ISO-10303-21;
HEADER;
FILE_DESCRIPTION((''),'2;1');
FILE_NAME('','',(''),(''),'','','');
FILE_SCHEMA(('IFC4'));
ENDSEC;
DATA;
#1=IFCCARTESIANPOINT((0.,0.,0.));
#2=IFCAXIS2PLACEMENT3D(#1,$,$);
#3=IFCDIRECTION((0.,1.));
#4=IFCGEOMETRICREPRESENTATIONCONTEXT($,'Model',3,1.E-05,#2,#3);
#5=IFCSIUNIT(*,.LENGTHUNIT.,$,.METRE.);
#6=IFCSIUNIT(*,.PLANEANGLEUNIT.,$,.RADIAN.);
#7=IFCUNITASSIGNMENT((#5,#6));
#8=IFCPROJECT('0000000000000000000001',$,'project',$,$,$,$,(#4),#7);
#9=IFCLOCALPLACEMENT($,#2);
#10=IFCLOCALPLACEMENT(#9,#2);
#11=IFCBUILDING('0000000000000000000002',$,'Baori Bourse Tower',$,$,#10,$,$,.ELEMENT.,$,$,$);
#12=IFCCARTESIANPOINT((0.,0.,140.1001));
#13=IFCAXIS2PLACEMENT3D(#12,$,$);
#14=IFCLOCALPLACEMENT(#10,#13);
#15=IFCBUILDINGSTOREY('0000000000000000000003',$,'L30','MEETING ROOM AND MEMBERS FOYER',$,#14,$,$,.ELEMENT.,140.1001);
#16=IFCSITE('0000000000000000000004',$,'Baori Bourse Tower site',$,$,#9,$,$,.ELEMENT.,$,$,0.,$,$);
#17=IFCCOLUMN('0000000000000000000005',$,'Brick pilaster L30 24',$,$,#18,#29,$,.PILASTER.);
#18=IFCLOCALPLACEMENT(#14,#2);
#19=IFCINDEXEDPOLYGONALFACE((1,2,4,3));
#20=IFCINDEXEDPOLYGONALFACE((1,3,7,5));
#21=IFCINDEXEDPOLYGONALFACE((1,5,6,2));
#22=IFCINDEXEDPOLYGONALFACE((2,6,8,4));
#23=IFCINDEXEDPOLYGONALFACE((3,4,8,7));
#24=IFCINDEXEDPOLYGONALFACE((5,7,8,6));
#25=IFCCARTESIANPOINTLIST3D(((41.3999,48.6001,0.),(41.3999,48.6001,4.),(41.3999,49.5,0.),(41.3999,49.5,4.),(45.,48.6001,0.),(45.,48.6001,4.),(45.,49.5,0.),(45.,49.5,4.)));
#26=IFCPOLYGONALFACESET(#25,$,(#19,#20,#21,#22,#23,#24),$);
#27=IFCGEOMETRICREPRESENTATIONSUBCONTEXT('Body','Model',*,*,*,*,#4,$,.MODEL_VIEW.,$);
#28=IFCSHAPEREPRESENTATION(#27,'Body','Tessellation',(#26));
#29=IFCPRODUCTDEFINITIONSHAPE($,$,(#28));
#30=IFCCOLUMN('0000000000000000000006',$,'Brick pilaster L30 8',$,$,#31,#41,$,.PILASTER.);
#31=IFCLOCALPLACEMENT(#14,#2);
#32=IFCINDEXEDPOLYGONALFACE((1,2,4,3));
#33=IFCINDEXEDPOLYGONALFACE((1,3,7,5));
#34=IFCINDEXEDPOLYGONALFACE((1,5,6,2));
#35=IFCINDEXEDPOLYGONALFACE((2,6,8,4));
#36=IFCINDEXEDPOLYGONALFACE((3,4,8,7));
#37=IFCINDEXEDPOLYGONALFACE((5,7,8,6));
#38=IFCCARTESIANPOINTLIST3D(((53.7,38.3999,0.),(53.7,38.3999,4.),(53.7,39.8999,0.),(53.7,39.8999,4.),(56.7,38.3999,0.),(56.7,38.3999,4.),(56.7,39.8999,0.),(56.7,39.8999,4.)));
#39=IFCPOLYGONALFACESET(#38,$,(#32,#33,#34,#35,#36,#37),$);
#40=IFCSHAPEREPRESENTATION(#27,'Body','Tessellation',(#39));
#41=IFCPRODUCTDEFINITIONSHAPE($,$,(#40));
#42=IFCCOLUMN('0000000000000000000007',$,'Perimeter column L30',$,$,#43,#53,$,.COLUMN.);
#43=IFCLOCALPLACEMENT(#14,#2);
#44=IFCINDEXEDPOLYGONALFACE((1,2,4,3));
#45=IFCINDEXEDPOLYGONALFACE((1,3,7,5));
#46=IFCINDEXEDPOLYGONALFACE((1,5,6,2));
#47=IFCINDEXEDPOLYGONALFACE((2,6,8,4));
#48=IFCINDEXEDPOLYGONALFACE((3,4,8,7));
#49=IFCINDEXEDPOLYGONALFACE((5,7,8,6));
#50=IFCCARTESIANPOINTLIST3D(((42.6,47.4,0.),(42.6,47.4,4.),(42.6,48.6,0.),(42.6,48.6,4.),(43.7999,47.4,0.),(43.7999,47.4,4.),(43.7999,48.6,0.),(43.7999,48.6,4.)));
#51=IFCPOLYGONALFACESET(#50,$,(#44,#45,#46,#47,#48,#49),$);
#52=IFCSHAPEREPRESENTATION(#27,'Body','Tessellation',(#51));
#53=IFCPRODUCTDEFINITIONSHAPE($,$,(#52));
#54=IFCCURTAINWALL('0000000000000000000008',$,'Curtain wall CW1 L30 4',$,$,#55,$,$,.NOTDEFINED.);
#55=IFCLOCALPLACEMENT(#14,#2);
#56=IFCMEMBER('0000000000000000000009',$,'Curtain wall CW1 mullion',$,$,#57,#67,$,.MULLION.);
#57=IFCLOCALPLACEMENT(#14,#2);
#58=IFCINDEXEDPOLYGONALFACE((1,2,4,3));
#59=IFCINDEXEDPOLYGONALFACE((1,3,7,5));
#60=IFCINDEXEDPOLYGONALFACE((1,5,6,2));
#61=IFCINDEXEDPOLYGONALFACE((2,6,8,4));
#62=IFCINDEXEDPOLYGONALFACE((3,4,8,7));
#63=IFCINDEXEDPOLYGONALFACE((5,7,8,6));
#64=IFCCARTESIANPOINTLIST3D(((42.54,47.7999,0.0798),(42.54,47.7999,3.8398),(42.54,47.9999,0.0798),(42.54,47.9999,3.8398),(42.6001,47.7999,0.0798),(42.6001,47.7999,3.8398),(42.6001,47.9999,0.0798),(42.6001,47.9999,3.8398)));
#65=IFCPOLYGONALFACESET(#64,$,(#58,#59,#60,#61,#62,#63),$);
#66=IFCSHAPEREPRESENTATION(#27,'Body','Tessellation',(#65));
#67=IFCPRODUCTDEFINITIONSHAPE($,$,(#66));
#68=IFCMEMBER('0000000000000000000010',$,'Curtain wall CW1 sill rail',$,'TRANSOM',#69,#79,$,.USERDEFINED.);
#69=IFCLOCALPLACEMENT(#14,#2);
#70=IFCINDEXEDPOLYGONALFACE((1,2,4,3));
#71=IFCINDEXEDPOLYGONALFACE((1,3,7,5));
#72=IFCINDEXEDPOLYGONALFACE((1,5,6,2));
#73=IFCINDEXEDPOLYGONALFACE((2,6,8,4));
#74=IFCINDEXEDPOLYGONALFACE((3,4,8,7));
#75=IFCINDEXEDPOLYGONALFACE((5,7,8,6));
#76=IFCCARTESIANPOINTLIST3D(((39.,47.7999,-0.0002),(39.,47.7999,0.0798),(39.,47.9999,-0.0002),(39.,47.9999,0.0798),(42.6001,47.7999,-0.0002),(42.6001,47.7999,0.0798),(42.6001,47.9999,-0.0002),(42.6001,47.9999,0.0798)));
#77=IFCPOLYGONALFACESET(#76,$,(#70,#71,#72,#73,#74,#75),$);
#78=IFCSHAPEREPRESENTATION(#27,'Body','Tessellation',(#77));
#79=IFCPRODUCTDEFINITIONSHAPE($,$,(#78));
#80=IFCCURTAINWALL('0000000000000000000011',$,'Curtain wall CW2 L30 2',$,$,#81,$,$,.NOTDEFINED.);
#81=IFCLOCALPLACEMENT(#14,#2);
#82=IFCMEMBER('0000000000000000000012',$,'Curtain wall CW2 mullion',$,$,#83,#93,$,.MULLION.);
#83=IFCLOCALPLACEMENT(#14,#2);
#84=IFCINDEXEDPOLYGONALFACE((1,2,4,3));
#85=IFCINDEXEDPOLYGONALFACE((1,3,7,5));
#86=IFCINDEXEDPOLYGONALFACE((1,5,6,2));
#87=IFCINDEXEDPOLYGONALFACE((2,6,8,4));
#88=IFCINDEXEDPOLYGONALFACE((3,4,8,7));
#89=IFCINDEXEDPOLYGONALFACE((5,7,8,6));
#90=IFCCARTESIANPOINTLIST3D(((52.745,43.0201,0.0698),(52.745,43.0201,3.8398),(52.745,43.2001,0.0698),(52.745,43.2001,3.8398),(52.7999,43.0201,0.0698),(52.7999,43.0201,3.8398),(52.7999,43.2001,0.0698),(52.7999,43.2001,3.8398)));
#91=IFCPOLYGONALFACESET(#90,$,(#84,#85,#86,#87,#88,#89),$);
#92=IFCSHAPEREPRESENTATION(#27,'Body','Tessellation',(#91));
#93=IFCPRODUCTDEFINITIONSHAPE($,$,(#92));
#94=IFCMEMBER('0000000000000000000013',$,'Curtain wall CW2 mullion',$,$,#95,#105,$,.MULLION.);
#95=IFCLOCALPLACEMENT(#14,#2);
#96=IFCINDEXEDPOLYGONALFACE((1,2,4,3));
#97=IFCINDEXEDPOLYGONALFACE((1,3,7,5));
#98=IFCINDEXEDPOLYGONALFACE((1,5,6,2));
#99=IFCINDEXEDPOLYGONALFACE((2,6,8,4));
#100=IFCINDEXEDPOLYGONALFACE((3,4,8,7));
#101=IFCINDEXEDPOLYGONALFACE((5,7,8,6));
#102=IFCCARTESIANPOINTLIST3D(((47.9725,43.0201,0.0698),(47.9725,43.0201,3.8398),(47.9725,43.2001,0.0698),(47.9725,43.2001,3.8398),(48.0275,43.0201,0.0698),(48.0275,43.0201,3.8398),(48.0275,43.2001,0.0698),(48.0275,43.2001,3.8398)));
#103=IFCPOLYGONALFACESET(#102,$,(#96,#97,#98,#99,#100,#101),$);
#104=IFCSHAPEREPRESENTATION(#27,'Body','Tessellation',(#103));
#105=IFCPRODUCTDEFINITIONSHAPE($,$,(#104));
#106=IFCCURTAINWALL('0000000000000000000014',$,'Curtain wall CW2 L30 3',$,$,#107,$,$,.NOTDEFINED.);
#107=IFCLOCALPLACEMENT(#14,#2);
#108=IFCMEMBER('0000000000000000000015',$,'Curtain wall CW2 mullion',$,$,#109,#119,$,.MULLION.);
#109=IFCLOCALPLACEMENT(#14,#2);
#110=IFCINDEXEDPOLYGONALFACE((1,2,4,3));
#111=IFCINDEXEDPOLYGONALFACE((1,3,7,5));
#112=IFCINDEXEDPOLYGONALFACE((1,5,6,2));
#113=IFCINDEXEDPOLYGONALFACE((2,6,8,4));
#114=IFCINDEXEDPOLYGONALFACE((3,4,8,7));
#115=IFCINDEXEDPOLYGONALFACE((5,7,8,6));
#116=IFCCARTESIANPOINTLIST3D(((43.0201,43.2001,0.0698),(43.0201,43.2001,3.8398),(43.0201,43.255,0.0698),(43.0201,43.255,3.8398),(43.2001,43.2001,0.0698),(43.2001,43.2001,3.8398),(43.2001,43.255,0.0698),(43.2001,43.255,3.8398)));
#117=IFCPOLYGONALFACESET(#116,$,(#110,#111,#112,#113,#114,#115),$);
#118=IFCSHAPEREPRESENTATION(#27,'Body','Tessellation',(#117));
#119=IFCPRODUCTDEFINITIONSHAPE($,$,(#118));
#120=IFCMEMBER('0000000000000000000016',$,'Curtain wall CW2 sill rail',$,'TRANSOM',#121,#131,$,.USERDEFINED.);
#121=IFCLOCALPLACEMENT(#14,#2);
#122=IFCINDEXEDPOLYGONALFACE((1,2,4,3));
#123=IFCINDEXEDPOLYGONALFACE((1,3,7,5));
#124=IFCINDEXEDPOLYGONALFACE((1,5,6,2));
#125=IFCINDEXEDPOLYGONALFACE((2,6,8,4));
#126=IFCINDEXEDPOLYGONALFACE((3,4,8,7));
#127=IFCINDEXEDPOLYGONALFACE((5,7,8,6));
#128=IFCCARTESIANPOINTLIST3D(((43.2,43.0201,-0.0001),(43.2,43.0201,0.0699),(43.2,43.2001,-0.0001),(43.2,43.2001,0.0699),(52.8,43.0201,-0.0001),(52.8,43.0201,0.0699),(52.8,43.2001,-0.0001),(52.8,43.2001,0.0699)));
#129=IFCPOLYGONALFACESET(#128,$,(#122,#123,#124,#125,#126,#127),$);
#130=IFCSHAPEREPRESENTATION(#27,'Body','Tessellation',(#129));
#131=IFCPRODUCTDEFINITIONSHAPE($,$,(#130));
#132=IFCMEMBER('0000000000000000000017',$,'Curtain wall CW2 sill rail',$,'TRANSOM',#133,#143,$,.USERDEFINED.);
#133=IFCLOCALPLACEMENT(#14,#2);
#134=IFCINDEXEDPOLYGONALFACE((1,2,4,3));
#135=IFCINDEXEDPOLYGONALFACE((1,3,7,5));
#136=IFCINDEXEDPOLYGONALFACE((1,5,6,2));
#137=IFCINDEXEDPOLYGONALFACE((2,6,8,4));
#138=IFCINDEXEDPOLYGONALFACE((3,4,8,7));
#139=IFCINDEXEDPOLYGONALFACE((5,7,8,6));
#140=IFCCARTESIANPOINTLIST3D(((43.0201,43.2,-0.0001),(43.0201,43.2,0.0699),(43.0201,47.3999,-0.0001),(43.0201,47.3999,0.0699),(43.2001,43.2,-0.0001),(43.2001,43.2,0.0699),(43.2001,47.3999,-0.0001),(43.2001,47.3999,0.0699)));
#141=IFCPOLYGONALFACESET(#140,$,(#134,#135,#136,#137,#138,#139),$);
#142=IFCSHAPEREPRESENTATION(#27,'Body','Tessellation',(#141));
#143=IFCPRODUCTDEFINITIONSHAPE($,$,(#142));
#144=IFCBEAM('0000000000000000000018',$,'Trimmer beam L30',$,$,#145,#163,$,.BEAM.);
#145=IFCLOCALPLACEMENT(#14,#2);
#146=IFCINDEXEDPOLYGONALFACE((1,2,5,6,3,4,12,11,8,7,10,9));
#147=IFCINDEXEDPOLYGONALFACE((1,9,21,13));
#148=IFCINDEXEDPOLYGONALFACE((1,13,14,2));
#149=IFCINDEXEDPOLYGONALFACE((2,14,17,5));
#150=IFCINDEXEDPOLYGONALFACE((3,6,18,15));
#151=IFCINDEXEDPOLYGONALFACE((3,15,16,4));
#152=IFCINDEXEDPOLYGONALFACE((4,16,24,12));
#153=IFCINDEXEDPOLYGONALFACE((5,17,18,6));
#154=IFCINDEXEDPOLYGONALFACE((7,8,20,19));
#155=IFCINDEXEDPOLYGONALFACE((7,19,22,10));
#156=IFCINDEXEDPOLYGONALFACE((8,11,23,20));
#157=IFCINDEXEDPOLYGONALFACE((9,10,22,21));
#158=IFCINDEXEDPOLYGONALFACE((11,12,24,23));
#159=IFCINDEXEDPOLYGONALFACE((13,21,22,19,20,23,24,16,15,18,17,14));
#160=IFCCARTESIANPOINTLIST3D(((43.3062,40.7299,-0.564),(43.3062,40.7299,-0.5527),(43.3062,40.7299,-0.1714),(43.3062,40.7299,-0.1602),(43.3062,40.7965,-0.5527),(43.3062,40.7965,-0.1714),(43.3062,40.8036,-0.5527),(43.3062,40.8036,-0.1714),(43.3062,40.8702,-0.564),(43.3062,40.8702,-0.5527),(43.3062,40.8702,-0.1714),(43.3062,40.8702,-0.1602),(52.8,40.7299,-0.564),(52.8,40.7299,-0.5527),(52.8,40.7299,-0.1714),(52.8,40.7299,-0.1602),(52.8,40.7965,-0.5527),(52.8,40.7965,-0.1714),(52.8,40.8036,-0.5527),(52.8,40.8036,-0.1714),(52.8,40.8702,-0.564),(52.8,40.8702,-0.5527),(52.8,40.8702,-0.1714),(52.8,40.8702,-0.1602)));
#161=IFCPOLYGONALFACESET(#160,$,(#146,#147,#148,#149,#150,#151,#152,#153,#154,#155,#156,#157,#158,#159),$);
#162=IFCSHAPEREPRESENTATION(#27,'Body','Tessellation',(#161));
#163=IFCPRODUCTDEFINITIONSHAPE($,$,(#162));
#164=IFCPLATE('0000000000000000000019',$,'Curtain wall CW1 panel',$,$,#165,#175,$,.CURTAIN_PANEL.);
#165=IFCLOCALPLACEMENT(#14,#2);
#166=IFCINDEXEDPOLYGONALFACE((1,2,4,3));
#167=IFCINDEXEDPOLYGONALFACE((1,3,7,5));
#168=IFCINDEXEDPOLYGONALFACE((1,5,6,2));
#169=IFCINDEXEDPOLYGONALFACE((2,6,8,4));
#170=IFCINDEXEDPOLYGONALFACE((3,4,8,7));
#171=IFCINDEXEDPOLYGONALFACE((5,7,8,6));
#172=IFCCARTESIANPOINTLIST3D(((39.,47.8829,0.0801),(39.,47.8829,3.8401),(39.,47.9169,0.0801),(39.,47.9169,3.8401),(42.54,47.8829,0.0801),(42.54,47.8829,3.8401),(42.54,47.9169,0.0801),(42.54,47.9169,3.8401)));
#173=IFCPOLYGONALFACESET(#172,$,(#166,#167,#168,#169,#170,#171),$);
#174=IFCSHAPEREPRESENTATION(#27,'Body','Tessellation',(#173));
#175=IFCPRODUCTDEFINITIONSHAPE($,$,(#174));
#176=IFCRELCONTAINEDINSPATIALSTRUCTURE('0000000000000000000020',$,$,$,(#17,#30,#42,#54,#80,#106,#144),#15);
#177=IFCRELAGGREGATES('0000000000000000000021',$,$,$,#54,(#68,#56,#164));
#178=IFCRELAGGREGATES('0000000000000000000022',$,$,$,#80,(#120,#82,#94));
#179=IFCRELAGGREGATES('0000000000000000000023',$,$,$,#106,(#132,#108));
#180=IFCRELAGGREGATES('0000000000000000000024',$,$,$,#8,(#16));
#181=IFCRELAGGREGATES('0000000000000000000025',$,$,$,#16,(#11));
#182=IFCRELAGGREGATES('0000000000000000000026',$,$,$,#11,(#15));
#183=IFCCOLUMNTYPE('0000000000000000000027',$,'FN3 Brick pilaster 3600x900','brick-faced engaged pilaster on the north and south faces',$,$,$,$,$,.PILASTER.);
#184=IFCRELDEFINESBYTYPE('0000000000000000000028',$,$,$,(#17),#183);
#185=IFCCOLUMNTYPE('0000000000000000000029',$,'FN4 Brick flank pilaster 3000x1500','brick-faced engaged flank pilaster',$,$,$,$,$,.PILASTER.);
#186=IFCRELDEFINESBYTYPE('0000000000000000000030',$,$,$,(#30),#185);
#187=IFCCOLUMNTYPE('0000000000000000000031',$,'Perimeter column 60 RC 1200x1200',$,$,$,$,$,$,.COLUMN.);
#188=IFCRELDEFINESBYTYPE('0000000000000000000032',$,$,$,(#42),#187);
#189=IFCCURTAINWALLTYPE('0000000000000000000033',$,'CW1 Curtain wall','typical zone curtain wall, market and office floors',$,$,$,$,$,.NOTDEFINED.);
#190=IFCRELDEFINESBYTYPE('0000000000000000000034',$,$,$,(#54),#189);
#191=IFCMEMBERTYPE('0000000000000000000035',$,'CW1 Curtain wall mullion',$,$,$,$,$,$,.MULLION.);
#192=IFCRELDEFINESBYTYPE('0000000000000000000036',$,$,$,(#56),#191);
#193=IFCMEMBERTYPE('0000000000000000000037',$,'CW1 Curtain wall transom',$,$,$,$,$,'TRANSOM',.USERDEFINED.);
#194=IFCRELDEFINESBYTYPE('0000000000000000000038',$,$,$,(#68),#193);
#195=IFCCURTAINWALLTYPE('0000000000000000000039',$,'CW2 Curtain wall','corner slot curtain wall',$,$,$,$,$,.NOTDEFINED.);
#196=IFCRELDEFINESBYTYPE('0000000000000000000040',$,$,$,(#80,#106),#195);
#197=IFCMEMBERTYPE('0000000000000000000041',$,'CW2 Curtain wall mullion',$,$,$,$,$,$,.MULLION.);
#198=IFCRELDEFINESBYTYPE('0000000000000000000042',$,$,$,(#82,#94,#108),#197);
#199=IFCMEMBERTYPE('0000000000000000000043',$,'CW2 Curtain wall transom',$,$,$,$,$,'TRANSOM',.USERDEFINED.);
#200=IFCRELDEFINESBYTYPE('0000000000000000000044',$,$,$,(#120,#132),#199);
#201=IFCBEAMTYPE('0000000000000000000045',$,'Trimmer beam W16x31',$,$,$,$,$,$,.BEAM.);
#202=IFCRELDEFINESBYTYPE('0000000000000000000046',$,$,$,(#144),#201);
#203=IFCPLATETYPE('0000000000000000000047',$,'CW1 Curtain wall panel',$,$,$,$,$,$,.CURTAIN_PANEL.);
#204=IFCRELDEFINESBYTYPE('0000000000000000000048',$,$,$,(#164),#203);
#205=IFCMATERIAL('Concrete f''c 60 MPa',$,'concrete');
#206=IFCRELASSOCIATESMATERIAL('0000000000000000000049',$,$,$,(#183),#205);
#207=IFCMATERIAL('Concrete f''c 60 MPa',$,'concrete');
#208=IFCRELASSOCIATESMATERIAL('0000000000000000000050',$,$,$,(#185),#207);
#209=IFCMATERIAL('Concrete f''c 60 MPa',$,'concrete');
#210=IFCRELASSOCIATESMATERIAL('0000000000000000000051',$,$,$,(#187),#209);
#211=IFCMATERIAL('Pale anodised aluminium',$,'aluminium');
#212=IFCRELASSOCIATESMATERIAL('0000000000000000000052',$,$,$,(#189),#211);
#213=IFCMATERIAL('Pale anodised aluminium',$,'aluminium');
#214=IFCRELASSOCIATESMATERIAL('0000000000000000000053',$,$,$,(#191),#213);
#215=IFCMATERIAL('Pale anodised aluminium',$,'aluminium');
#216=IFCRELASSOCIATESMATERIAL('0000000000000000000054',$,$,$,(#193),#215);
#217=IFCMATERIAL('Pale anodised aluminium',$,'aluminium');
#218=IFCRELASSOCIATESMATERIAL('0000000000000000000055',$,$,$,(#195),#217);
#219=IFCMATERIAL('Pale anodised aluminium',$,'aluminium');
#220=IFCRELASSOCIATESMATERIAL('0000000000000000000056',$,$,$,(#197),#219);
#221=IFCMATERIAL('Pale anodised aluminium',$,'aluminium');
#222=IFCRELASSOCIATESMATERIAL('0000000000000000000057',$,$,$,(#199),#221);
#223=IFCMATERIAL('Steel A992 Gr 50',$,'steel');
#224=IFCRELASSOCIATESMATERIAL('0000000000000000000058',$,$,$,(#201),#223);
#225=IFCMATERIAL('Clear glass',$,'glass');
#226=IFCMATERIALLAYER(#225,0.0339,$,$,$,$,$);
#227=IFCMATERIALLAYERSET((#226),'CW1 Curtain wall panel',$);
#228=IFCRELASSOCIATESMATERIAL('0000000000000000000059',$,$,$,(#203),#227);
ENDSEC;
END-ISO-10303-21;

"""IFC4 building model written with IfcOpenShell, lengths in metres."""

from ifc_helpers import new_model, si_unit, direction, frame, origin, origin_2d, place, context, subcontext, project, spatial, rectangle, i_section, extrude, material, layer, layer_set, material_profile, profile_set, type_object, element, aggregate, save


model = new_model("IFC4")

# Units and contexts
model_context = context("Model", 3, precision=1e-05, world=origin(), true_north=direction((0.0, 1.0)))
body_context = subcontext(model_context, "Body", "Model", "MODEL_VIEW")
ifc_project = project(units=[si_unit("LENGTHUNIT", "METRE"), si_unit("PLANEANGLEUNIT", "RADIAN")], contexts=[model_context])

# Site, building, storey
site_placement = place(None, origin())
site = spatial("IfcSite", under=ifc_project, at=site_placement, Name="Baori Bourse Tower site", CompositionType="ELEMENT", RefElevation=0.0)
building_placement = place(site_placement, origin())
building = spatial("IfcBuilding", under=site, at=building_placement, Name="Baori Bourse Tower", CompositionType="ELEMENT")
storey_placement = place(building_placement, frame((0.0, 0.0, 140.1001)))
storey = spatial("IfcBuildingStorey", under=building, at=storey_placement, Name="L30", Description="MEETING ROOM AND MEMBERS FOYER", CompositionType="ELEMENT", Elevation=140.1001)

# Columns
ifc_material_1 = material(Name="Concrete f'c 60 MPa", Category="concrete")
ifc_material_profile_1 = material_profile(ifc_material_1, rectangle(XDim=3.6001, YDim=0.8999, at=origin_2d()), Name="RC 3600x900")
ifc_profile_set_1 = profile_set([ifc_material_profile_1], Name="Concrete f'c 60 MPa")
column_type_1 = type_object("IfcColumnType", Name="FN3 Brick pilaster 3600x900", Description="brick-faced engaged pilaster on the north and south faces", PredefinedType="PILASTER", material=ifc_profile_set_1)
column_1_placement = place(storey_placement, frame((43.2, 49.05, 0.0), z_axis=(0.0, 0.0, 1.0), x_axis=(1.0, 0.0, 0.0)))
element("IfcColumn", 1, at=column_1_placement, inside=storey, type_object=column_type_1, Name="Brick pilaster L30 24", PredefinedType="PILASTER", context=body_context, shape_type="SweptSolid", body=[
    extrude(rectangle(XDim=3.6001, YDim=0.8999, at=origin_2d()), origin(), (0.0, 0.0, 1.0), 4.0),
])
ifc_material_2 = material(Name="Concrete f'c 60 MPa", Category="concrete")
ifc_material_profile_2 = material_profile(ifc_material_2, rectangle(XDim=3.0, YDim=1.5, at=origin_2d()), Name="RC 3000x1500")
ifc_profile_set_2 = profile_set([ifc_material_profile_2], Name="Concrete f'c 60 MPa")
column_type_2 = type_object("IfcColumnType", Name="FN4 Brick flank pilaster 3000x1500", Description="brick-faced engaged flank pilaster", PredefinedType="PILASTER", material=ifc_profile_set_2)
column_2_placement = place(storey_placement, frame((55.2, 39.1499, 0.0), z_axis=(0.0, 0.0, 1.0), x_axis=(1.0, 0.0, 0.0)))
element("IfcColumn", 2, at=column_2_placement, inside=storey, type_object=column_type_2, Name="Brick pilaster L30 8", PredefinedType="PILASTER", context=body_context, shape_type="SweptSolid", body=[
    extrude(rectangle(XDim=3.0, YDim=1.5, at=origin_2d()), origin(), (0.0, 0.0, 1.0), 4.0),
])
ifc_material_3 = material(Name="Concrete f'c 60 MPa", Category="concrete")
ifc_material_profile_3 = material_profile(ifc_material_3, rectangle(XDim=1.2, YDim=1.2, at=origin_2d()), Name="RC 1200x1200")
ifc_profile_set_3 = profile_set([ifc_material_profile_3], Name="Concrete f'c 60 MPa")
column_type_3 = type_object("IfcColumnType", Name="Perimeter column 60 RC 1200x1200", PredefinedType="COLUMN", material=ifc_profile_set_3)
column_3_placement = place(storey_placement, frame((43.2, 48.0, 0.0), z_axis=(0.0, 0.0, 1.0), x_axis=(1.0, 0.0, 0.0)))
element("IfcColumn", 3, at=column_3_placement, inside=storey, type_object=column_type_3, Name="Perimeter column L30", PredefinedType="COLUMN", context=body_context, shape_type="SweptSolid", body=[
    extrude(rectangle(XDim=1.2, YDim=1.2, at=origin_2d()), origin(), (0.0, 0.0, 1.0), 4.0),
])

# Curtain walls, members
ifc_material_4 = material(Name="Pale anodised aluminium", Category="aluminium")
curtain_wall_type_1 = type_object("IfcCurtainWallType", Name="CW1 Curtain wall", Description="typical zone curtain wall, market and office floors", PredefinedType="NOTDEFINED", material=ifc_material_4)
curtain_wall_1_placement = place(storey_placement, origin())
curtain_wall_1 = element("IfcCurtainWall", 4, at=curtain_wall_1_placement, inside=storey, type_object=curtain_wall_type_1, Name="Curtain wall CW1 L30 4", PredefinedType="NOTDEFINED")
ifc_material_5 = material(Name="Pale anodised aluminium", Category="aluminium")
ifc_material_profile_4 = material_profile(ifc_material_5, rectangle(XDim=0.2, YDim=0.0601, at=origin_2d()), Name="Mullion 60x200")
ifc_profile_set_4 = profile_set([ifc_material_profile_4], Name="Pale anodised aluminium")
member_type_1 = type_object("IfcMemberType", Name="CW1 Curtain wall mullion", PredefinedType="MULLION", material=ifc_profile_set_4)
member_1_placement = place(storey_placement, frame((42.5701, 47.8999, 0.0798), z_axis=(0.0, 0.0, 1.0), x_axis=(0.0, -1.0, 0.0)))
member_1 = element("IfcMember", 5, at=member_1_placement, type_object=member_type_1, Name="Curtain wall CW1 mullion", PredefinedType="MULLION", context=body_context, shape_type="SweptSolid", body=[
    extrude(rectangle(XDim=0.2, YDim=0.0601, at=origin_2d()), origin(), (0.0, 0.0, 1.0), 3.76),
])
ifc_material_6 = material(Name="Pale anodised aluminium", Category="aluminium")
ifc_material_profile_5 = material_profile(ifc_material_6, rectangle(XDim=0.2, YDim=0.0801, at=origin_2d()), Name="Transom 80x200")
ifc_profile_set_5 = profile_set([ifc_material_profile_5], Name="Pale anodised aluminium")
member_type_2 = type_object("IfcMemberType", Name="CW1 Curtain wall transom", ElementType="TRANSOM", PredefinedType="USERDEFINED", material=ifc_profile_set_5)
member_2_placement = place(storey_placement, frame((42.6001, 47.8999, 0.0398), z_axis=(-1.0, 0.0, 0.0), x_axis=(0.0, -1.0, 0.0)))
member_2 = element("IfcMember", 6, at=member_2_placement, type_object=member_type_2, Name="Curtain wall CW1 sill rail", ObjectType="TRANSOM", PredefinedType="USERDEFINED", context=body_context, shape_type="SweptSolid", body=[
    extrude(rectangle(XDim=0.2, YDim=0.0801, at=origin_2d()), origin(), (0.0, 0.0, 1.0), 3.6001),
])
ifc_material_7 = material(Name="Pale anodised aluminium", Category="aluminium")
curtain_wall_type_2 = type_object("IfcCurtainWallType", Name="CW2 Curtain wall", Description="corner slot curtain wall", PredefinedType="NOTDEFINED", material=ifc_material_7)
curtain_wall_2_placement = place(storey_placement, origin())
curtain_wall_2 = element("IfcCurtainWall", 7, at=curtain_wall_2_placement, inside=storey, type_object=curtain_wall_type_2, Name="Curtain wall CW2 L30 2", PredefinedType="NOTDEFINED")
ifc_material_8 = material(Name="Pale anodised aluminium", Category="aluminium")
ifc_material_profile_6 = material_profile(ifc_material_8, rectangle(XDim=0.1799, YDim=0.0549, at=origin_2d()), Name="Mullion 55x180")
ifc_profile_set_6 = profile_set([ifc_material_profile_6], Name="Pale anodised aluminium")
member_type_3 = type_object("IfcMemberType", Name="CW2 Curtain wall mullion", PredefinedType="MULLION", material=ifc_profile_set_6)
member_3_placement = place(storey_placement, frame((52.7725, 43.1101, 0.0698), z_axis=(0.0, 0.0, 1.0), x_axis=(0.0, -1.0, 0.0)))
member_3 = element("IfcMember", 8, at=member_3_placement, type_object=member_type_3, Name="Curtain wall CW2 mullion", PredefinedType="MULLION", context=body_context, shape_type="SweptSolid", body=[
    extrude(rectangle(XDim=0.1799, YDim=0.0549, at=origin_2d()), origin(), (0.0, 0.0, 1.0), 3.77),
])
member_4_placement = place(storey_placement, frame((48.0, 43.1101, 0.0698), z_axis=(0.0, 0.0, 1.0), x_axis=(0.0, -1.0, 0.0)))
member_4 = element("IfcMember", 9, at=member_4_placement, type_object=member_type_3, Name="Curtain wall CW2 mullion", PredefinedType="MULLION", context=body_context, shape_type="SweptSolid", body=[
    extrude(rectangle(XDim=0.1799, YDim=0.0549, at=origin_2d()), origin(), (0.0, 0.0, 1.0), 3.77),
])

# Curtain wall, member
curtain_wall_3_placement = place(storey_placement, origin())
curtain_wall_3 = element("IfcCurtainWall", 10, at=curtain_wall_3_placement, inside=storey, type_object=curtain_wall_type_2, Name="Curtain wall CW2 L30 3", PredefinedType="NOTDEFINED")
member_5_placement = place(storey_placement, frame((43.1101, 43.2275, 0.0698), z_axis=(0.0, 0.0, 1.0), x_axis=(-1.0, 0.0, 0.0)))
member_5 = element("IfcMember", 11, at=member_5_placement, type_object=member_type_3, Name="Curtain wall CW2 mullion", PredefinedType="MULLION", context=body_context, shape_type="SweptSolid", body=[
    extrude(rectangle(XDim=0.1799, YDim=0.0549, at=origin_2d()), origin(), (0.0, 0.0, 1.0), 3.77),
])

# Members
ifc_material_9 = material(Name="Pale anodised aluminium", Category="aluminium")
ifc_material_profile_7 = material_profile(ifc_material_9, rectangle(XDim=0.1799, YDim=0.0701, at=origin_2d()), Name="Transom 70x180")
ifc_profile_set_7 = profile_set([ifc_material_profile_7], Name="Pale anodised aluminium")
member_type_4 = type_object("IfcMemberType", Name="CW2 Curtain wall transom", ElementType="TRANSOM", PredefinedType="USERDEFINED", material=ifc_profile_set_7)
member_6_placement = place(storey_placement, frame((52.8, 43.1101, 0.0349), z_axis=(-1.0, 0.0, 0.0), x_axis=(0.0, -1.0, 0.0)))
member_6 = element("IfcMember", 12, at=member_6_placement, type_object=member_type_4, Name="Curtain wall CW2 sill rail", ObjectType="TRANSOM", PredefinedType="USERDEFINED", context=body_context, shape_type="SweptSolid", body=[
    extrude(rectangle(XDim=0.1799, YDim=0.0701, at=origin_2d()), origin(), (0.0, 0.0, 1.0), 9.6001),
])
member_7_placement = place(storey_placement, frame((43.1101, 43.2, 0.0349), z_axis=(0.0, 1.0, 0.0), x_axis=(-1.0, 0.0, 0.0)))
member_7 = element("IfcMember", 13, at=member_7_placement, type_object=member_type_4, Name="Curtain wall CW2 sill rail", ObjectType="TRANSOM", PredefinedType="USERDEFINED", context=body_context, shape_type="SweptSolid", body=[
    extrude(rectangle(XDim=0.1799, YDim=0.0701, at=origin_2d()), origin(), (0.0, 0.0, 1.0), 4.2),
])

# Beam
ifc_material_10 = material(Name="Steel A992 Gr 50", Category="steel")
ifc_material_profile_8 = material_profile(ifc_material_10, i_section(OverallWidth=0.1404, OverallDepth=0.4038, WebThickness=0.0071, FlangeThickness=0.0112, at=origin_2d()), Name="W16x31")
ifc_profile_set_8 = profile_set([ifc_material_profile_8], Name="Steel A992 Gr 50")
beam_type = type_object("IfcBeamType", Name="Trimmer beam W16x31", PredefinedType="BEAM", material=ifc_profile_set_8)
beam_placement = place(storey_placement, frame((43.3062, 40.8, -0.3621), z_axis=(1.0, 0.0, 0.0), x_axis=(0.0, 1.0, 0.0)))
element("IfcBeam", 14, at=beam_placement, inside=storey, type_object=beam_type, Name="Trimmer beam L30", PredefinedType="BEAM", context=body_context, shape_type="SweptSolid", body=[
    extrude(i_section(OverallWidth=0.1404, OverallDepth=0.4038, WebThickness=0.0071, FlangeThickness=0.0112, at=origin_2d()), origin(), (0.0, 0.0, 1.0), 9.4939),
])

# Plate
ifc_material_11 = material(Name="Clear glass", Category="glass")
ifc_layer_1 = layer(ifc_material_11, 0.0339)
ifc_layer_set_1 = layer_set([ifc_layer_1], Name="CW1 Curtain wall panel")
plate_type_1 = type_object("IfcPlateType", Name="CW1 Curtain wall panel", PredefinedType="CURTAIN_PANEL", material=ifc_layer_set_1)
plate_1_placement = place(storey_placement, frame((40.77, 47.8999, 0.0801), z_axis=(0.0, 0.0, 1.0), x_axis=(-1.0, 0.0, 0.0)))
plate_1 = element("IfcPlate", 15, at=plate_1_placement, type_object=plate_type_1, Name="Curtain wall CW1 panel", PredefinedType="CURTAIN_PANEL", context=body_context, shape_type="SweptSolid", body=[
    extrude(rectangle(XDim=3.54, YDim=0.0339, at=origin_2d()), origin(), (0.0, 0.0, 1.0), 3.76),
])
aggregate(curtain_wall_1, [member_2, member_1, plate_1])

aggregate(curtain_wall_2, [member_6, member_3, member_4])
aggregate(curtain_wall_3, [member_7, member_5])

save(model, "model.ifc")
